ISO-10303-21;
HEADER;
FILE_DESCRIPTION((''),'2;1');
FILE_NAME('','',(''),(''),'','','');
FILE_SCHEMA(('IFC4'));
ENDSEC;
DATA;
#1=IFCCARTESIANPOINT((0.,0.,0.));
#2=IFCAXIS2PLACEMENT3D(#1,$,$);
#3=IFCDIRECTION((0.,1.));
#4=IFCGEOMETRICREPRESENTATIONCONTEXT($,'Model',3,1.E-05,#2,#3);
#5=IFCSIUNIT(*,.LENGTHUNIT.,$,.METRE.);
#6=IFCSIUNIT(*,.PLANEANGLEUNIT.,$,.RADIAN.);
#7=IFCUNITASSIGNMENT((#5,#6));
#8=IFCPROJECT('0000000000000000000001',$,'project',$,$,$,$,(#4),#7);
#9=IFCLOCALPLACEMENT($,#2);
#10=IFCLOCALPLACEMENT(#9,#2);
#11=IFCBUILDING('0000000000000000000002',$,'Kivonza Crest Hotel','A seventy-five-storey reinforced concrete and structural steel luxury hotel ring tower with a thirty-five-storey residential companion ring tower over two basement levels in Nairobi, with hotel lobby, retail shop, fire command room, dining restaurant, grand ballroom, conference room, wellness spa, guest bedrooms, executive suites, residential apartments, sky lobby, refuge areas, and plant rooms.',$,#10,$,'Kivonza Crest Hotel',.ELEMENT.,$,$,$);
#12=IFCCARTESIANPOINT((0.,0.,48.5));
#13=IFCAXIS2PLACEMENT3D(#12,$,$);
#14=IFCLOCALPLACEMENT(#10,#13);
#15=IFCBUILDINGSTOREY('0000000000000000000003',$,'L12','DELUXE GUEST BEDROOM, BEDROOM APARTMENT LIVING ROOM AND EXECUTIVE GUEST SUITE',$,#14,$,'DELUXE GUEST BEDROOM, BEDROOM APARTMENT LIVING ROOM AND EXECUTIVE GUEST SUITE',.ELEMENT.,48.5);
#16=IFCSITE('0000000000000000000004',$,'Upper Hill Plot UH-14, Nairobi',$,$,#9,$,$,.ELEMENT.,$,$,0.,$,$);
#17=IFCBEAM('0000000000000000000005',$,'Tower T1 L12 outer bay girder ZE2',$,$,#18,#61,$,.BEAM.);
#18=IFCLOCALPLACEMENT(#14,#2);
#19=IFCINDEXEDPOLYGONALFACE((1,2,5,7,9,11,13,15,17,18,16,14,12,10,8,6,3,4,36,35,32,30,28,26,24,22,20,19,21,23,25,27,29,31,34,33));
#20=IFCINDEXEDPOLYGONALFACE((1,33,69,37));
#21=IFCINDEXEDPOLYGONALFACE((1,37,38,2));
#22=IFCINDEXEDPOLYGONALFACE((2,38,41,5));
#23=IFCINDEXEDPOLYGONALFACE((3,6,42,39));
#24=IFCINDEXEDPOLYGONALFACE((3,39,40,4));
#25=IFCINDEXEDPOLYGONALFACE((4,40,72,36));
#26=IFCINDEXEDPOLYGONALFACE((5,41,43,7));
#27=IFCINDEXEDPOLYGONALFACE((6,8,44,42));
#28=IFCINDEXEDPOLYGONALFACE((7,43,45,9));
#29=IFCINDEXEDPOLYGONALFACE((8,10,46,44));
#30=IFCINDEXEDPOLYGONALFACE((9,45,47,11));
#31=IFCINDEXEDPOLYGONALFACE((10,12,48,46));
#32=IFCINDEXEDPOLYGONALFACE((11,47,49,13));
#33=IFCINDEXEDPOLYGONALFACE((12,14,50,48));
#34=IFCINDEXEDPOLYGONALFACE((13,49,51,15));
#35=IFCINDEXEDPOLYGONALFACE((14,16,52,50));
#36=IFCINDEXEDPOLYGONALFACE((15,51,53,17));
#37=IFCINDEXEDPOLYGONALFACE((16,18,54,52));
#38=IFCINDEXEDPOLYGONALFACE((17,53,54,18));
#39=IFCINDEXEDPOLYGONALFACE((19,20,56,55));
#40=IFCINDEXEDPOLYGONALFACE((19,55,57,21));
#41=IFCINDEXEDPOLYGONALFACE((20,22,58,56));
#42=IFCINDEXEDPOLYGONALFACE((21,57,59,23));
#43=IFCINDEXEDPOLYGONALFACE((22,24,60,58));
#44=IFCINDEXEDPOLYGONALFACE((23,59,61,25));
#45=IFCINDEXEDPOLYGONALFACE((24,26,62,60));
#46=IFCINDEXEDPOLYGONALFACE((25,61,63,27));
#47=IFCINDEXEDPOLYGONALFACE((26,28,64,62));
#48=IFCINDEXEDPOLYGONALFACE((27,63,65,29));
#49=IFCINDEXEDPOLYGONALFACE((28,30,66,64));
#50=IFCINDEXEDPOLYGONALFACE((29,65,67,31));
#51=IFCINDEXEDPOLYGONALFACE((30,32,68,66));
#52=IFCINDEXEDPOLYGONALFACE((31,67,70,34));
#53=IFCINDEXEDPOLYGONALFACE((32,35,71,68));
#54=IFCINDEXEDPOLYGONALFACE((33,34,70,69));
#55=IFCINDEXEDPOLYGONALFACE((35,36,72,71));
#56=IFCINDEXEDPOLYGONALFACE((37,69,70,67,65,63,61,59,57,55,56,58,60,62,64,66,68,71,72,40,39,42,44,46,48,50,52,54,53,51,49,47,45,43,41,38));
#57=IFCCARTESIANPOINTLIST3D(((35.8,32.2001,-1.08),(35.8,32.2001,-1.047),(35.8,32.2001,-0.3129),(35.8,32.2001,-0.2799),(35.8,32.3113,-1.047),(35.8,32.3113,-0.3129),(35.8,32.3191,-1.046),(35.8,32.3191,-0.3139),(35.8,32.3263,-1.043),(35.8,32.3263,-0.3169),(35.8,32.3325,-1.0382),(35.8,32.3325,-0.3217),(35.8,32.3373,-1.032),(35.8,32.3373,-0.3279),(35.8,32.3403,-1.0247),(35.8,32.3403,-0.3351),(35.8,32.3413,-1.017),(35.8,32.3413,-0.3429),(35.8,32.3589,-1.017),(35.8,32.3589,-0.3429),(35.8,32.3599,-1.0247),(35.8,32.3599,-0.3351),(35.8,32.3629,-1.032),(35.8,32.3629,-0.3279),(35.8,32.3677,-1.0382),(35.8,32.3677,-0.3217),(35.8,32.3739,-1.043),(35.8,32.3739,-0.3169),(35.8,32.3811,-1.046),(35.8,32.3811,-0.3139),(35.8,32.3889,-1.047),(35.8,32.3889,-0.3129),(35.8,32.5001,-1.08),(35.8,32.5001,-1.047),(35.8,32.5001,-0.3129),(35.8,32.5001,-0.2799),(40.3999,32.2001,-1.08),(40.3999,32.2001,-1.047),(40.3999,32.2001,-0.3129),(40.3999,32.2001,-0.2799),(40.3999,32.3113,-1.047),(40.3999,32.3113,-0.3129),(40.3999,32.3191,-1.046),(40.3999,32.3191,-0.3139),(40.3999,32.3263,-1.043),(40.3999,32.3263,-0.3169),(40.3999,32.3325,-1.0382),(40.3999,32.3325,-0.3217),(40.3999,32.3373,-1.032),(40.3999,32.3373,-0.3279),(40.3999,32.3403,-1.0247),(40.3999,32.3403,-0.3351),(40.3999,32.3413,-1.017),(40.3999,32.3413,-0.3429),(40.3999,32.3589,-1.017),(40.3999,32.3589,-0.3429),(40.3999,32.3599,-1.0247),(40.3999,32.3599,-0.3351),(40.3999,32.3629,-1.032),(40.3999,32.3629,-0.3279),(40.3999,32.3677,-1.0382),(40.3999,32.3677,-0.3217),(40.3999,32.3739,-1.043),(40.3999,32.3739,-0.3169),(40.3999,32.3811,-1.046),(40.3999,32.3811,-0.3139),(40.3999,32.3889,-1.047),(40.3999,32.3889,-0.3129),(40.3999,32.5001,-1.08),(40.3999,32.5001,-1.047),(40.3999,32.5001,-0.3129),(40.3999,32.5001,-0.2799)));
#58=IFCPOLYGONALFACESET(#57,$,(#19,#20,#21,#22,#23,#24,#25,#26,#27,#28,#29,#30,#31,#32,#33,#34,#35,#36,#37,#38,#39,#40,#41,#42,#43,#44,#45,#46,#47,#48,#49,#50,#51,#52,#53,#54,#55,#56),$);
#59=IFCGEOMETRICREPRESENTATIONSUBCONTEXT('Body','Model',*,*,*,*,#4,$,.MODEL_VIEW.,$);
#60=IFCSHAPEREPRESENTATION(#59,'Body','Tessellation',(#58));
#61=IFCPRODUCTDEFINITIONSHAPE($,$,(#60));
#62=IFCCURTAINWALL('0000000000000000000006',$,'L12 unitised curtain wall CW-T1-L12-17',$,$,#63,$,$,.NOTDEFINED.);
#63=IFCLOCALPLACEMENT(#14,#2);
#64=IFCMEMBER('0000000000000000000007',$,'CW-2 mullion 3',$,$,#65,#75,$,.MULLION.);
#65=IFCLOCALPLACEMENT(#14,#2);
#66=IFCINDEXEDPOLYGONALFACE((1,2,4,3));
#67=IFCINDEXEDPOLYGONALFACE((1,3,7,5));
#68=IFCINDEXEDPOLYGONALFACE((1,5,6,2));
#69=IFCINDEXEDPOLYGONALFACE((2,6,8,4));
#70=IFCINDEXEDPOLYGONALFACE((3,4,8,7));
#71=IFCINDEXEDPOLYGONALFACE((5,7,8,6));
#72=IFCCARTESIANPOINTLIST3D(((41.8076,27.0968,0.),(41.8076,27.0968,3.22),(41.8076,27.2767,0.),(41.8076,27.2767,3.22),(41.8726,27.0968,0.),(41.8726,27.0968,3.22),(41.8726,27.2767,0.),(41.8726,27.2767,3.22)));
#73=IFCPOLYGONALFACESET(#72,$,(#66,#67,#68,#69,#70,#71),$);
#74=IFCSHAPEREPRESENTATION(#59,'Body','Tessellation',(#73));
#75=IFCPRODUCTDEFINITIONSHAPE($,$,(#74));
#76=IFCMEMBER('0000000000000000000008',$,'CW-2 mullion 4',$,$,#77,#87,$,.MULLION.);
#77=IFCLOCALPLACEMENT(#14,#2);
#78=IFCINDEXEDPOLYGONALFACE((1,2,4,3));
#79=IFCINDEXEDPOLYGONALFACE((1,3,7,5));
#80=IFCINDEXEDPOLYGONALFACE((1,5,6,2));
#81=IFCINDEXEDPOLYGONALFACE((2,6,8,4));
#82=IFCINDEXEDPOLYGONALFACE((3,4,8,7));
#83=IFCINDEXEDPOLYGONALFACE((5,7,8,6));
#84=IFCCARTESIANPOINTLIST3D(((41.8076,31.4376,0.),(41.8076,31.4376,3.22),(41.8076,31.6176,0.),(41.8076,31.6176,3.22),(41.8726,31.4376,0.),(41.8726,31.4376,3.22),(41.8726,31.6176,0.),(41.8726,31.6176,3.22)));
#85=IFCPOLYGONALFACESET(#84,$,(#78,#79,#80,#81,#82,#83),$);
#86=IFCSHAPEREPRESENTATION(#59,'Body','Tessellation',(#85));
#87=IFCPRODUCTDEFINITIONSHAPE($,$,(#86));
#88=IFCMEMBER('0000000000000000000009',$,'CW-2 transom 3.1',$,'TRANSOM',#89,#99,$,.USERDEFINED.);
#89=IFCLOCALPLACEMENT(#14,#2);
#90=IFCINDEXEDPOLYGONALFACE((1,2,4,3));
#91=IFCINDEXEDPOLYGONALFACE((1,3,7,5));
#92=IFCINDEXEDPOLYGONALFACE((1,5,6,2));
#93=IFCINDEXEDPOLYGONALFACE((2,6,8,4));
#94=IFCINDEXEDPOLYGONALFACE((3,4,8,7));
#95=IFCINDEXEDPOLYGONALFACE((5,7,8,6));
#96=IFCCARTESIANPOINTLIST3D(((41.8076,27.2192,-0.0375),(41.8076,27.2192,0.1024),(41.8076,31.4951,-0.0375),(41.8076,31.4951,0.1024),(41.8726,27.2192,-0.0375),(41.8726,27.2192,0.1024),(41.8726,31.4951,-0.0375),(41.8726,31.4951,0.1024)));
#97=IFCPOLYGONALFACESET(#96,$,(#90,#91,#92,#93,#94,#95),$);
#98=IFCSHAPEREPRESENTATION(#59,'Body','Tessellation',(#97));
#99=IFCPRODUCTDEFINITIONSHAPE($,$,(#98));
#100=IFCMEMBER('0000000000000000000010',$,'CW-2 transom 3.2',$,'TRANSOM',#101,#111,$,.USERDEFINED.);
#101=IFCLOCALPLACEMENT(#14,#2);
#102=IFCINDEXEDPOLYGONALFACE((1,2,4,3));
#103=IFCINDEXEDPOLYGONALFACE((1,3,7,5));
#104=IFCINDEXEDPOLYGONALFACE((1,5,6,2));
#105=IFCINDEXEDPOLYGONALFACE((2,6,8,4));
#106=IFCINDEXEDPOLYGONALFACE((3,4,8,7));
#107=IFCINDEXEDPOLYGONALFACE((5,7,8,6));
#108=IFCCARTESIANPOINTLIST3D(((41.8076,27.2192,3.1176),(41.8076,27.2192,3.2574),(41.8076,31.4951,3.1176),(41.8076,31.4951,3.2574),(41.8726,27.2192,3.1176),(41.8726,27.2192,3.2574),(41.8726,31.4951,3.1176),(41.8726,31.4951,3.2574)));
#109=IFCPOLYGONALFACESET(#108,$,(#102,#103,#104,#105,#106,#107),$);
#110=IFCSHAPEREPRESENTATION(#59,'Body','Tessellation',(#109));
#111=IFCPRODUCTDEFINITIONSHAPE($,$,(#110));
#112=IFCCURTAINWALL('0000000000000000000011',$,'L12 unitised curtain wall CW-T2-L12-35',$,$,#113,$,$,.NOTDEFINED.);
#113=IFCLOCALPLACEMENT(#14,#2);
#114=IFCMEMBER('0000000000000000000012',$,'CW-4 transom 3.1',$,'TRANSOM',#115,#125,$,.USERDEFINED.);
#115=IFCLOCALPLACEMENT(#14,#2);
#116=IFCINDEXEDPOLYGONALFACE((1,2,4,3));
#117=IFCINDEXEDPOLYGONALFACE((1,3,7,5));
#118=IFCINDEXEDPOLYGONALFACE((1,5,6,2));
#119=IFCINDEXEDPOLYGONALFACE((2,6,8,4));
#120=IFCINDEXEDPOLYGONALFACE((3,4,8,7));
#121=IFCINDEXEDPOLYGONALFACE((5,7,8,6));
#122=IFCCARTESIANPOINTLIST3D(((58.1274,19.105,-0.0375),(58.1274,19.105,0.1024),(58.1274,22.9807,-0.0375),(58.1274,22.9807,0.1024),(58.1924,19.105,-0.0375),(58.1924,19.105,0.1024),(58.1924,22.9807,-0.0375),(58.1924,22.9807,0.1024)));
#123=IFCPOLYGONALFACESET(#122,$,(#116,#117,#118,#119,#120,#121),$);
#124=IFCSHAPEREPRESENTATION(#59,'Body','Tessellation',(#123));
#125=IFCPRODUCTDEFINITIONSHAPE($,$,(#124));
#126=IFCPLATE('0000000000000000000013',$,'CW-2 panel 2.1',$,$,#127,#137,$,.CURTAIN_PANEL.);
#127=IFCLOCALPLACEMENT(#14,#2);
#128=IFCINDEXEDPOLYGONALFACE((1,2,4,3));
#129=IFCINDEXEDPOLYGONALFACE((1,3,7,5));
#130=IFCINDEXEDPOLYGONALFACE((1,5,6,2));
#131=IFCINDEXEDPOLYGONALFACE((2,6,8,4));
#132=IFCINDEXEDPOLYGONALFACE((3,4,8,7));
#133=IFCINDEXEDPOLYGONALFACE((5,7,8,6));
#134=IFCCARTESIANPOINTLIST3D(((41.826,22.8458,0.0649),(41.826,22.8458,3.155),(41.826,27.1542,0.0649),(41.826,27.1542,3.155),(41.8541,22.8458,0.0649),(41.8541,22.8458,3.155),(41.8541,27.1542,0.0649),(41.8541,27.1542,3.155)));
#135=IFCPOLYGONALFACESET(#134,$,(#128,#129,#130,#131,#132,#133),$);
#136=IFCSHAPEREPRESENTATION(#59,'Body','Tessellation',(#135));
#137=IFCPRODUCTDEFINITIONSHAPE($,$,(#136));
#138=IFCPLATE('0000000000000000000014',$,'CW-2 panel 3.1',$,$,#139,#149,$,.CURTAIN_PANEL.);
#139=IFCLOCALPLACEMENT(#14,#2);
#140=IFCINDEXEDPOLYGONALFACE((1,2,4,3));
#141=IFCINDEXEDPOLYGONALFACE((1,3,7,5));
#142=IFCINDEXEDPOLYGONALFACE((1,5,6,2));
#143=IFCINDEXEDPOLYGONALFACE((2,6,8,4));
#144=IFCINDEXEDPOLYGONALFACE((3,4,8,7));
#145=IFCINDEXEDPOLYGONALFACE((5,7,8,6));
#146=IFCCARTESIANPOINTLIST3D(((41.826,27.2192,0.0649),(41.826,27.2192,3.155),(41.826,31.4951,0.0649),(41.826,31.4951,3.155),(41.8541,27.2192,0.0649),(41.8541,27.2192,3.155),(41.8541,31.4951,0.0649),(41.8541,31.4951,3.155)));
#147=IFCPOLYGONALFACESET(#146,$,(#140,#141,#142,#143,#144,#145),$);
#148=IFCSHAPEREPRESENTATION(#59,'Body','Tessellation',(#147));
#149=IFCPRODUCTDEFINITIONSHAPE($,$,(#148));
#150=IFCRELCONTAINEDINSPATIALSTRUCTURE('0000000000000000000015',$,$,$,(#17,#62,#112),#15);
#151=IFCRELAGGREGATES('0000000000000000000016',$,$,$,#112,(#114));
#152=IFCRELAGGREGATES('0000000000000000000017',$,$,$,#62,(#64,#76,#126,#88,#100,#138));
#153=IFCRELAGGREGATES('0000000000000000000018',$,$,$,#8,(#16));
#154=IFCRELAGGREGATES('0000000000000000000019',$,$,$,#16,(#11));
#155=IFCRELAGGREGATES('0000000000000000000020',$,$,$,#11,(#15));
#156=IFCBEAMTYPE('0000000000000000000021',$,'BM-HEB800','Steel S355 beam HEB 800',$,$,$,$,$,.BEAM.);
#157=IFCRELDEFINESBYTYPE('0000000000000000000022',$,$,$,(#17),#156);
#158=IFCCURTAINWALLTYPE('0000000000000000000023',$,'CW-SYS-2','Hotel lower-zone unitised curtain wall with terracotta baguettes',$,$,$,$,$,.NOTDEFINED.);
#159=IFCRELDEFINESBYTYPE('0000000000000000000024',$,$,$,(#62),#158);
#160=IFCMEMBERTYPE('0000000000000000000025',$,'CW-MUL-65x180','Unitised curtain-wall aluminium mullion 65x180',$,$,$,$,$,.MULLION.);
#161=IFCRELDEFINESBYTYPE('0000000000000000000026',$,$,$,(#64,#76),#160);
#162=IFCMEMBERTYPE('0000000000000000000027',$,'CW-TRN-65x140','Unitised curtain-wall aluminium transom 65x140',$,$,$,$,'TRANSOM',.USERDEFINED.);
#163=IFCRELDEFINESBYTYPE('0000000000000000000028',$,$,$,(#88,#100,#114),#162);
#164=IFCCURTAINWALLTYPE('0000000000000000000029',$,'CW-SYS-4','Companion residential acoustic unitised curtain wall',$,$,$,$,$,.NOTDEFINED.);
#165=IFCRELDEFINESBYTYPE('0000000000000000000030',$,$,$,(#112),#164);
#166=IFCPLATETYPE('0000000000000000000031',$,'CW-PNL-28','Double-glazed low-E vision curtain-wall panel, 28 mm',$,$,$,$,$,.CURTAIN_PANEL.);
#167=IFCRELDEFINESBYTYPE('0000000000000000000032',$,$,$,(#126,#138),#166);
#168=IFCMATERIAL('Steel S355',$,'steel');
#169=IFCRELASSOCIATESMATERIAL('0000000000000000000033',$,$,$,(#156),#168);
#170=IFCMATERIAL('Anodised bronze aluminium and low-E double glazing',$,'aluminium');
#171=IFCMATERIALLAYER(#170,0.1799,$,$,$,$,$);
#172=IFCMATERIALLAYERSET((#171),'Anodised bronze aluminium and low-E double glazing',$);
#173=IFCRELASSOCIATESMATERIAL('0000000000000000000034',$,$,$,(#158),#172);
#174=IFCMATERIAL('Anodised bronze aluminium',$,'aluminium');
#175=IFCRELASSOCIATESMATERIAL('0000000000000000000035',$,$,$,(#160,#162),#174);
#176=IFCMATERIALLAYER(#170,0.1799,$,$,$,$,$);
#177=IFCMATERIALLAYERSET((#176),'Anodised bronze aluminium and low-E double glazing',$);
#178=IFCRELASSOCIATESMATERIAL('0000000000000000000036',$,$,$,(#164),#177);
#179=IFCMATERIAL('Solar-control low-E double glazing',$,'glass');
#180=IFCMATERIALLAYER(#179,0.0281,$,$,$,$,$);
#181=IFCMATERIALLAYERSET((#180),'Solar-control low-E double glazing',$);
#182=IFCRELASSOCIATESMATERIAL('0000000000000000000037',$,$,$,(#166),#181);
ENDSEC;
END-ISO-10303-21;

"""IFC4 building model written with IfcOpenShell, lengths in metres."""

from ifc_helpers import new_model, si_unit, direction, frame, origin, origin_2d, place, context, subcontext, project, spatial, rectangle, i_section, extrude, material, layer, layer_set, material_profile, profile_set, type_object, element, aggregate, save


model = new_model("IFC4")

# Units and contexts
model_context = context("Model", 3, precision=1e-05, world=origin(), true_north=direction((0.0, 1.0)))
body_context = subcontext(model_context, "Body", "Model", "MODEL_VIEW")
ifc_project = project(units=[si_unit("LENGTHUNIT", "METRE"), si_unit("PLANEANGLEUNIT", "RADIAN")], contexts=[model_context])

# Site, building, storey
site_placement = place(None, origin())
site = spatial("IfcSite", under=ifc_project, at=site_placement, Name="Upper Hill Plot UH-14, Nairobi", CompositionType="ELEMENT", RefElevation=0.0)
building_placement = place(site_placement, origin())
building = spatial("IfcBuilding", under=site, at=building_placement, Name="Kivonza Crest Hotel", Description="A seventy-five-storey reinforced concrete and structural steel luxury hotel ring tower with a thirty-five-storey residential companion ring tower over two basement levels in Nairobi, with hotel lobby, retail shop, fire command room, dining restaurant, grand ballroom, conference room, wellness spa, guest bedrooms, executive suites, residential apartments, sky lobby, refuge areas, and plant rooms.", LongName="Kivonza Crest Hotel", CompositionType="ELEMENT")
storey_placement = place(building_placement, frame((0.0, 0.0, 48.5)))
storey = spatial("IfcBuildingStorey", under=building, at=storey_placement, Name="L12", Description="DELUXE GUEST BEDROOM, BEDROOM APARTMENT LIVING ROOM AND EXECUTIVE GUEST SUITE", LongName="DELUXE GUEST BEDROOM, BEDROOM APARTMENT LIVING ROOM AND EXECUTIVE GUEST SUITE", CompositionType="ELEMENT", Elevation=48.5)

# Beam
ifc_material_1 = material(Name="Steel S355", Category="steel")
ifc_material_profile_1 = material_profile(ifc_material_1, i_section(OverallWidth=0.3, OverallDepth=0.8, WebThickness=0.0176, FlangeThickness=0.033, FilletRadius=0.03, at=origin_2d()), Name="HEB 800")
ifc_profile_set_1 = profile_set([ifc_material_profile_1], Name="Steel S355")
beam_type = type_object("IfcBeamType", Name="BM-HEB800", Description="Steel S355 beam HEB 800", PredefinedType="BEAM", material=ifc_profile_set_1)
beam_placement = place(storey_placement, frame((40.3999, 32.3501, -0.6799), z_axis=(-1.0, 0.0, 0.0), x_axis=(0.0, -1.0, 0.0)))
element("IfcBeam", 1, at=beam_placement, inside=storey, type_object=beam_type, Name="Tower T1 L12 outer bay girder ZE2", PredefinedType="BEAM", context=body_context, shape_type="SweptSolid", body=[
    extrude(i_section(OverallWidth=0.3, OverallDepth=0.8, WebThickness=0.0176, FlangeThickness=0.033, FilletRadius=0.03, at=origin_2d()), origin(), (0.0, 0.0, 1.0), 4.5999),
])

# Curtain wall, members
ifc_material_2 = material(Name="Anodised bronze aluminium and low-E double glazing", Category="aluminium")
ifc_layer_1 = layer(ifc_material_2, 0.1799)
ifc_layer_set_1 = layer_set([ifc_layer_1], Name="Anodised bronze aluminium and low-E double glazing")
curtain_wall_type_1 = type_object("IfcCurtainWallType", Name="CW-SYS-2", Description="Hotel lower-zone unitised curtain wall with terracotta baguettes", PredefinedType="NOTDEFINED", material=ifc_layer_set_1)
curtain_wall_1_placement = place(storey_placement, origin())
curtain_wall_1 = element("IfcCurtainWall", 2, at=curtain_wall_1_placement, inside=storey, type_object=curtain_wall_type_1, Name="L12 unitised curtain wall CW-T1-L12-17", PredefinedType="NOTDEFINED")
ifc_material_3 = material(Name="Anodised bronze aluminium", Category="aluminium")
ifc_material_profile_2 = material_profile(ifc_material_3, rectangle(XDim=0.0649, YDim=0.1799, at=origin_2d()), Name="CW-M 65x180")
ifc_profile_set_2 = profile_set([ifc_material_profile_2], Name="Anodised bronze aluminium")
member_type_1 = type_object("IfcMemberType", Name="CW-MUL-65x180", Description="Unitised curtain-wall aluminium mullion 65x180", PredefinedType="MULLION", material=ifc_profile_set_2)
member_1_placement = place(storey_placement, frame((41.8401, 27.1868, 0.0), z_axis=(0.0, 0.0, 1.0), x_axis=(-1.0, 0.0, 0.0)))
member_1 = element("IfcMember", 3, at=member_1_placement, type_object=member_type_1, Name="CW-2 mullion 3", PredefinedType="MULLION", context=body_context, shape_type="SweptSolid", body=[
    extrude(rectangle(XDim=0.0649, YDim=0.1799, at=origin_2d()), origin(), (0.0, 0.0, 1.0), 3.22),
])
member_2_placement = place(storey_placement, frame((41.8401, 31.5276, 0.0), z_axis=(0.0, 0.0, 1.0), x_axis=(-1.0, 0.0, 0.0)))
member_2 = element("IfcMember", 4, at=member_2_placement, type_object=member_type_1, Name="CW-2 mullion 4", PredefinedType="MULLION", context=body_context, shape_type="SweptSolid", body=[
    extrude(rectangle(XDim=0.0649, YDim=0.1799, at=origin_2d()), origin(), (0.0, 0.0, 1.0), 3.22),
])
ifc_material_profile_3 = material_profile(ifc_material_3, rectangle(XDim=0.0649, YDim=0.1399, at=origin_2d()), Name="CW-T 65x140")
ifc_profile_set_3 = profile_set([ifc_material_profile_3], Name="Anodised bronze aluminium")
member_type_2 = type_object("IfcMemberType", Name="CW-TRN-65x140", Description="Unitised curtain-wall aluminium transom 65x140", ElementType="TRANSOM", PredefinedType="USERDEFINED", material=ifc_profile_set_3)
member_3_placement = place(storey_placement, frame((41.8401, 27.2192, 0.0325), z_axis=(0.0, 1.0, 0.0), x_axis=(-1.0, 0.0, 0.0)))
member_3 = element("IfcMember", 5, at=member_3_placement, type_object=member_type_2, Name="CW-2 transom 3.1", ObjectType="TRANSOM", PredefinedType="USERDEFINED", context=body_context, shape_type="SweptSolid", body=[
    extrude(rectangle(XDim=0.0649, YDim=0.1399, at=origin_2d()), origin(), (0.0, 0.0, 1.0), 4.2759),
])
member_4_placement = place(storey_placement, frame((41.8401, 27.2192, 3.1875), z_axis=(0.0, 1.0, 0.0), x_axis=(-1.0, 0.0, 0.0)))
member_4 = element("IfcMember", 6, at=member_4_placement, type_object=member_type_2, Name="CW-2 transom 3.2", ObjectType="TRANSOM", PredefinedType="USERDEFINED", context=body_context, shape_type="SweptSolid", body=[
    extrude(rectangle(XDim=0.0649, YDim=0.1399, at=origin_2d()), origin(), (0.0, 0.0, 1.0), 4.2759),
])

# Curtain wall, member
ifc_layer_2 = layer(ifc_material_2, 0.1799)
ifc_layer_set_2 = layer_set([ifc_layer_2], Name="Anodised bronze aluminium and low-E double glazing")
curtain_wall_type_2 = type_object("IfcCurtainWallType", Name="CW-SYS-4", Description="Companion residential acoustic unitised curtain wall", PredefinedType="NOTDEFINED", material=ifc_layer_set_2)
curtain_wall_2_placement = place(storey_placement, origin())
curtain_wall_2 = element("IfcCurtainWall", 7, at=curtain_wall_2_placement, inside=storey, type_object=curtain_wall_type_2, Name="L12 unitised curtain wall CW-T2-L12-35", PredefinedType="NOTDEFINED")
member_5_placement = place(storey_placement, frame((58.1599, 22.9807, 0.0325), z_axis=(0.0, -1.0, 0.0), x_axis=(1.0, 0.0, 0.0)))
member_5 = element("IfcMember", 8, at=member_5_placement, type_object=member_type_2, Name="CW-4 transom 3.1", ObjectType="TRANSOM", PredefinedType="USERDEFINED", context=body_context, shape_type="SweptSolid", body=[
    extrude(rectangle(XDim=0.0649, YDim=0.1399, at=origin_2d()), origin(), (0.0, 0.0, 1.0), 3.8757),
])
aggregate(curtain_wall_2, [member_5])

# Plates
ifc_material_4 = material(Name="Solar-control low-E double glazing", Category="glass")
ifc_layer_3 = layer(ifc_material_4, 0.0281)
ifc_layer_set_3 = layer_set([ifc_layer_3], Name="Solar-control low-E double glazing")
plate_type = type_object("IfcPlateType", Name="CW-PNL-28", Description="Double-glazed low-E vision curtain-wall panel, 28 mm", PredefinedType="CURTAIN_PANEL", material=ifc_layer_set_3)
plate_1_placement = place(storey_placement, frame((41.8401, 25.0, 0.0649), z_axis=(0.0, 0.0, 1.0), x_axis=(0.0, 1.0, 0.0)))
plate_1 = element("IfcPlate", 9, at=plate_1_placement, type_object=plate_type, Name="CW-2 panel 2.1", PredefinedType="CURTAIN_PANEL", context=body_context, shape_type="SweptSolid", body=[
    extrude(rectangle(XDim=4.3083, YDim=0.0281, at=origin_2d()), origin(), (0.0, 0.0, 1.0), 3.0901),
])
plate_2_placement = place(storey_placement, frame((41.8401, 29.3572, 0.0649), z_axis=(0.0, 0.0, 1.0), x_axis=(0.0, 1.0, 0.0)))
plate_2 = element("IfcPlate", 10, at=plate_2_placement, type_object=plate_type, Name="CW-2 panel 3.1", PredefinedType="CURTAIN_PANEL", context=body_context, shape_type="SweptSolid", body=[
    extrude(rectangle(XDim=4.2759, YDim=0.0281, at=origin_2d()), origin(), (0.0, 0.0, 1.0), 3.0901),
])
aggregate(curtain_wall_1, [member_1, member_2, plate_1, member_3, member_4, plate_2])

save(model, "model.ifc")
